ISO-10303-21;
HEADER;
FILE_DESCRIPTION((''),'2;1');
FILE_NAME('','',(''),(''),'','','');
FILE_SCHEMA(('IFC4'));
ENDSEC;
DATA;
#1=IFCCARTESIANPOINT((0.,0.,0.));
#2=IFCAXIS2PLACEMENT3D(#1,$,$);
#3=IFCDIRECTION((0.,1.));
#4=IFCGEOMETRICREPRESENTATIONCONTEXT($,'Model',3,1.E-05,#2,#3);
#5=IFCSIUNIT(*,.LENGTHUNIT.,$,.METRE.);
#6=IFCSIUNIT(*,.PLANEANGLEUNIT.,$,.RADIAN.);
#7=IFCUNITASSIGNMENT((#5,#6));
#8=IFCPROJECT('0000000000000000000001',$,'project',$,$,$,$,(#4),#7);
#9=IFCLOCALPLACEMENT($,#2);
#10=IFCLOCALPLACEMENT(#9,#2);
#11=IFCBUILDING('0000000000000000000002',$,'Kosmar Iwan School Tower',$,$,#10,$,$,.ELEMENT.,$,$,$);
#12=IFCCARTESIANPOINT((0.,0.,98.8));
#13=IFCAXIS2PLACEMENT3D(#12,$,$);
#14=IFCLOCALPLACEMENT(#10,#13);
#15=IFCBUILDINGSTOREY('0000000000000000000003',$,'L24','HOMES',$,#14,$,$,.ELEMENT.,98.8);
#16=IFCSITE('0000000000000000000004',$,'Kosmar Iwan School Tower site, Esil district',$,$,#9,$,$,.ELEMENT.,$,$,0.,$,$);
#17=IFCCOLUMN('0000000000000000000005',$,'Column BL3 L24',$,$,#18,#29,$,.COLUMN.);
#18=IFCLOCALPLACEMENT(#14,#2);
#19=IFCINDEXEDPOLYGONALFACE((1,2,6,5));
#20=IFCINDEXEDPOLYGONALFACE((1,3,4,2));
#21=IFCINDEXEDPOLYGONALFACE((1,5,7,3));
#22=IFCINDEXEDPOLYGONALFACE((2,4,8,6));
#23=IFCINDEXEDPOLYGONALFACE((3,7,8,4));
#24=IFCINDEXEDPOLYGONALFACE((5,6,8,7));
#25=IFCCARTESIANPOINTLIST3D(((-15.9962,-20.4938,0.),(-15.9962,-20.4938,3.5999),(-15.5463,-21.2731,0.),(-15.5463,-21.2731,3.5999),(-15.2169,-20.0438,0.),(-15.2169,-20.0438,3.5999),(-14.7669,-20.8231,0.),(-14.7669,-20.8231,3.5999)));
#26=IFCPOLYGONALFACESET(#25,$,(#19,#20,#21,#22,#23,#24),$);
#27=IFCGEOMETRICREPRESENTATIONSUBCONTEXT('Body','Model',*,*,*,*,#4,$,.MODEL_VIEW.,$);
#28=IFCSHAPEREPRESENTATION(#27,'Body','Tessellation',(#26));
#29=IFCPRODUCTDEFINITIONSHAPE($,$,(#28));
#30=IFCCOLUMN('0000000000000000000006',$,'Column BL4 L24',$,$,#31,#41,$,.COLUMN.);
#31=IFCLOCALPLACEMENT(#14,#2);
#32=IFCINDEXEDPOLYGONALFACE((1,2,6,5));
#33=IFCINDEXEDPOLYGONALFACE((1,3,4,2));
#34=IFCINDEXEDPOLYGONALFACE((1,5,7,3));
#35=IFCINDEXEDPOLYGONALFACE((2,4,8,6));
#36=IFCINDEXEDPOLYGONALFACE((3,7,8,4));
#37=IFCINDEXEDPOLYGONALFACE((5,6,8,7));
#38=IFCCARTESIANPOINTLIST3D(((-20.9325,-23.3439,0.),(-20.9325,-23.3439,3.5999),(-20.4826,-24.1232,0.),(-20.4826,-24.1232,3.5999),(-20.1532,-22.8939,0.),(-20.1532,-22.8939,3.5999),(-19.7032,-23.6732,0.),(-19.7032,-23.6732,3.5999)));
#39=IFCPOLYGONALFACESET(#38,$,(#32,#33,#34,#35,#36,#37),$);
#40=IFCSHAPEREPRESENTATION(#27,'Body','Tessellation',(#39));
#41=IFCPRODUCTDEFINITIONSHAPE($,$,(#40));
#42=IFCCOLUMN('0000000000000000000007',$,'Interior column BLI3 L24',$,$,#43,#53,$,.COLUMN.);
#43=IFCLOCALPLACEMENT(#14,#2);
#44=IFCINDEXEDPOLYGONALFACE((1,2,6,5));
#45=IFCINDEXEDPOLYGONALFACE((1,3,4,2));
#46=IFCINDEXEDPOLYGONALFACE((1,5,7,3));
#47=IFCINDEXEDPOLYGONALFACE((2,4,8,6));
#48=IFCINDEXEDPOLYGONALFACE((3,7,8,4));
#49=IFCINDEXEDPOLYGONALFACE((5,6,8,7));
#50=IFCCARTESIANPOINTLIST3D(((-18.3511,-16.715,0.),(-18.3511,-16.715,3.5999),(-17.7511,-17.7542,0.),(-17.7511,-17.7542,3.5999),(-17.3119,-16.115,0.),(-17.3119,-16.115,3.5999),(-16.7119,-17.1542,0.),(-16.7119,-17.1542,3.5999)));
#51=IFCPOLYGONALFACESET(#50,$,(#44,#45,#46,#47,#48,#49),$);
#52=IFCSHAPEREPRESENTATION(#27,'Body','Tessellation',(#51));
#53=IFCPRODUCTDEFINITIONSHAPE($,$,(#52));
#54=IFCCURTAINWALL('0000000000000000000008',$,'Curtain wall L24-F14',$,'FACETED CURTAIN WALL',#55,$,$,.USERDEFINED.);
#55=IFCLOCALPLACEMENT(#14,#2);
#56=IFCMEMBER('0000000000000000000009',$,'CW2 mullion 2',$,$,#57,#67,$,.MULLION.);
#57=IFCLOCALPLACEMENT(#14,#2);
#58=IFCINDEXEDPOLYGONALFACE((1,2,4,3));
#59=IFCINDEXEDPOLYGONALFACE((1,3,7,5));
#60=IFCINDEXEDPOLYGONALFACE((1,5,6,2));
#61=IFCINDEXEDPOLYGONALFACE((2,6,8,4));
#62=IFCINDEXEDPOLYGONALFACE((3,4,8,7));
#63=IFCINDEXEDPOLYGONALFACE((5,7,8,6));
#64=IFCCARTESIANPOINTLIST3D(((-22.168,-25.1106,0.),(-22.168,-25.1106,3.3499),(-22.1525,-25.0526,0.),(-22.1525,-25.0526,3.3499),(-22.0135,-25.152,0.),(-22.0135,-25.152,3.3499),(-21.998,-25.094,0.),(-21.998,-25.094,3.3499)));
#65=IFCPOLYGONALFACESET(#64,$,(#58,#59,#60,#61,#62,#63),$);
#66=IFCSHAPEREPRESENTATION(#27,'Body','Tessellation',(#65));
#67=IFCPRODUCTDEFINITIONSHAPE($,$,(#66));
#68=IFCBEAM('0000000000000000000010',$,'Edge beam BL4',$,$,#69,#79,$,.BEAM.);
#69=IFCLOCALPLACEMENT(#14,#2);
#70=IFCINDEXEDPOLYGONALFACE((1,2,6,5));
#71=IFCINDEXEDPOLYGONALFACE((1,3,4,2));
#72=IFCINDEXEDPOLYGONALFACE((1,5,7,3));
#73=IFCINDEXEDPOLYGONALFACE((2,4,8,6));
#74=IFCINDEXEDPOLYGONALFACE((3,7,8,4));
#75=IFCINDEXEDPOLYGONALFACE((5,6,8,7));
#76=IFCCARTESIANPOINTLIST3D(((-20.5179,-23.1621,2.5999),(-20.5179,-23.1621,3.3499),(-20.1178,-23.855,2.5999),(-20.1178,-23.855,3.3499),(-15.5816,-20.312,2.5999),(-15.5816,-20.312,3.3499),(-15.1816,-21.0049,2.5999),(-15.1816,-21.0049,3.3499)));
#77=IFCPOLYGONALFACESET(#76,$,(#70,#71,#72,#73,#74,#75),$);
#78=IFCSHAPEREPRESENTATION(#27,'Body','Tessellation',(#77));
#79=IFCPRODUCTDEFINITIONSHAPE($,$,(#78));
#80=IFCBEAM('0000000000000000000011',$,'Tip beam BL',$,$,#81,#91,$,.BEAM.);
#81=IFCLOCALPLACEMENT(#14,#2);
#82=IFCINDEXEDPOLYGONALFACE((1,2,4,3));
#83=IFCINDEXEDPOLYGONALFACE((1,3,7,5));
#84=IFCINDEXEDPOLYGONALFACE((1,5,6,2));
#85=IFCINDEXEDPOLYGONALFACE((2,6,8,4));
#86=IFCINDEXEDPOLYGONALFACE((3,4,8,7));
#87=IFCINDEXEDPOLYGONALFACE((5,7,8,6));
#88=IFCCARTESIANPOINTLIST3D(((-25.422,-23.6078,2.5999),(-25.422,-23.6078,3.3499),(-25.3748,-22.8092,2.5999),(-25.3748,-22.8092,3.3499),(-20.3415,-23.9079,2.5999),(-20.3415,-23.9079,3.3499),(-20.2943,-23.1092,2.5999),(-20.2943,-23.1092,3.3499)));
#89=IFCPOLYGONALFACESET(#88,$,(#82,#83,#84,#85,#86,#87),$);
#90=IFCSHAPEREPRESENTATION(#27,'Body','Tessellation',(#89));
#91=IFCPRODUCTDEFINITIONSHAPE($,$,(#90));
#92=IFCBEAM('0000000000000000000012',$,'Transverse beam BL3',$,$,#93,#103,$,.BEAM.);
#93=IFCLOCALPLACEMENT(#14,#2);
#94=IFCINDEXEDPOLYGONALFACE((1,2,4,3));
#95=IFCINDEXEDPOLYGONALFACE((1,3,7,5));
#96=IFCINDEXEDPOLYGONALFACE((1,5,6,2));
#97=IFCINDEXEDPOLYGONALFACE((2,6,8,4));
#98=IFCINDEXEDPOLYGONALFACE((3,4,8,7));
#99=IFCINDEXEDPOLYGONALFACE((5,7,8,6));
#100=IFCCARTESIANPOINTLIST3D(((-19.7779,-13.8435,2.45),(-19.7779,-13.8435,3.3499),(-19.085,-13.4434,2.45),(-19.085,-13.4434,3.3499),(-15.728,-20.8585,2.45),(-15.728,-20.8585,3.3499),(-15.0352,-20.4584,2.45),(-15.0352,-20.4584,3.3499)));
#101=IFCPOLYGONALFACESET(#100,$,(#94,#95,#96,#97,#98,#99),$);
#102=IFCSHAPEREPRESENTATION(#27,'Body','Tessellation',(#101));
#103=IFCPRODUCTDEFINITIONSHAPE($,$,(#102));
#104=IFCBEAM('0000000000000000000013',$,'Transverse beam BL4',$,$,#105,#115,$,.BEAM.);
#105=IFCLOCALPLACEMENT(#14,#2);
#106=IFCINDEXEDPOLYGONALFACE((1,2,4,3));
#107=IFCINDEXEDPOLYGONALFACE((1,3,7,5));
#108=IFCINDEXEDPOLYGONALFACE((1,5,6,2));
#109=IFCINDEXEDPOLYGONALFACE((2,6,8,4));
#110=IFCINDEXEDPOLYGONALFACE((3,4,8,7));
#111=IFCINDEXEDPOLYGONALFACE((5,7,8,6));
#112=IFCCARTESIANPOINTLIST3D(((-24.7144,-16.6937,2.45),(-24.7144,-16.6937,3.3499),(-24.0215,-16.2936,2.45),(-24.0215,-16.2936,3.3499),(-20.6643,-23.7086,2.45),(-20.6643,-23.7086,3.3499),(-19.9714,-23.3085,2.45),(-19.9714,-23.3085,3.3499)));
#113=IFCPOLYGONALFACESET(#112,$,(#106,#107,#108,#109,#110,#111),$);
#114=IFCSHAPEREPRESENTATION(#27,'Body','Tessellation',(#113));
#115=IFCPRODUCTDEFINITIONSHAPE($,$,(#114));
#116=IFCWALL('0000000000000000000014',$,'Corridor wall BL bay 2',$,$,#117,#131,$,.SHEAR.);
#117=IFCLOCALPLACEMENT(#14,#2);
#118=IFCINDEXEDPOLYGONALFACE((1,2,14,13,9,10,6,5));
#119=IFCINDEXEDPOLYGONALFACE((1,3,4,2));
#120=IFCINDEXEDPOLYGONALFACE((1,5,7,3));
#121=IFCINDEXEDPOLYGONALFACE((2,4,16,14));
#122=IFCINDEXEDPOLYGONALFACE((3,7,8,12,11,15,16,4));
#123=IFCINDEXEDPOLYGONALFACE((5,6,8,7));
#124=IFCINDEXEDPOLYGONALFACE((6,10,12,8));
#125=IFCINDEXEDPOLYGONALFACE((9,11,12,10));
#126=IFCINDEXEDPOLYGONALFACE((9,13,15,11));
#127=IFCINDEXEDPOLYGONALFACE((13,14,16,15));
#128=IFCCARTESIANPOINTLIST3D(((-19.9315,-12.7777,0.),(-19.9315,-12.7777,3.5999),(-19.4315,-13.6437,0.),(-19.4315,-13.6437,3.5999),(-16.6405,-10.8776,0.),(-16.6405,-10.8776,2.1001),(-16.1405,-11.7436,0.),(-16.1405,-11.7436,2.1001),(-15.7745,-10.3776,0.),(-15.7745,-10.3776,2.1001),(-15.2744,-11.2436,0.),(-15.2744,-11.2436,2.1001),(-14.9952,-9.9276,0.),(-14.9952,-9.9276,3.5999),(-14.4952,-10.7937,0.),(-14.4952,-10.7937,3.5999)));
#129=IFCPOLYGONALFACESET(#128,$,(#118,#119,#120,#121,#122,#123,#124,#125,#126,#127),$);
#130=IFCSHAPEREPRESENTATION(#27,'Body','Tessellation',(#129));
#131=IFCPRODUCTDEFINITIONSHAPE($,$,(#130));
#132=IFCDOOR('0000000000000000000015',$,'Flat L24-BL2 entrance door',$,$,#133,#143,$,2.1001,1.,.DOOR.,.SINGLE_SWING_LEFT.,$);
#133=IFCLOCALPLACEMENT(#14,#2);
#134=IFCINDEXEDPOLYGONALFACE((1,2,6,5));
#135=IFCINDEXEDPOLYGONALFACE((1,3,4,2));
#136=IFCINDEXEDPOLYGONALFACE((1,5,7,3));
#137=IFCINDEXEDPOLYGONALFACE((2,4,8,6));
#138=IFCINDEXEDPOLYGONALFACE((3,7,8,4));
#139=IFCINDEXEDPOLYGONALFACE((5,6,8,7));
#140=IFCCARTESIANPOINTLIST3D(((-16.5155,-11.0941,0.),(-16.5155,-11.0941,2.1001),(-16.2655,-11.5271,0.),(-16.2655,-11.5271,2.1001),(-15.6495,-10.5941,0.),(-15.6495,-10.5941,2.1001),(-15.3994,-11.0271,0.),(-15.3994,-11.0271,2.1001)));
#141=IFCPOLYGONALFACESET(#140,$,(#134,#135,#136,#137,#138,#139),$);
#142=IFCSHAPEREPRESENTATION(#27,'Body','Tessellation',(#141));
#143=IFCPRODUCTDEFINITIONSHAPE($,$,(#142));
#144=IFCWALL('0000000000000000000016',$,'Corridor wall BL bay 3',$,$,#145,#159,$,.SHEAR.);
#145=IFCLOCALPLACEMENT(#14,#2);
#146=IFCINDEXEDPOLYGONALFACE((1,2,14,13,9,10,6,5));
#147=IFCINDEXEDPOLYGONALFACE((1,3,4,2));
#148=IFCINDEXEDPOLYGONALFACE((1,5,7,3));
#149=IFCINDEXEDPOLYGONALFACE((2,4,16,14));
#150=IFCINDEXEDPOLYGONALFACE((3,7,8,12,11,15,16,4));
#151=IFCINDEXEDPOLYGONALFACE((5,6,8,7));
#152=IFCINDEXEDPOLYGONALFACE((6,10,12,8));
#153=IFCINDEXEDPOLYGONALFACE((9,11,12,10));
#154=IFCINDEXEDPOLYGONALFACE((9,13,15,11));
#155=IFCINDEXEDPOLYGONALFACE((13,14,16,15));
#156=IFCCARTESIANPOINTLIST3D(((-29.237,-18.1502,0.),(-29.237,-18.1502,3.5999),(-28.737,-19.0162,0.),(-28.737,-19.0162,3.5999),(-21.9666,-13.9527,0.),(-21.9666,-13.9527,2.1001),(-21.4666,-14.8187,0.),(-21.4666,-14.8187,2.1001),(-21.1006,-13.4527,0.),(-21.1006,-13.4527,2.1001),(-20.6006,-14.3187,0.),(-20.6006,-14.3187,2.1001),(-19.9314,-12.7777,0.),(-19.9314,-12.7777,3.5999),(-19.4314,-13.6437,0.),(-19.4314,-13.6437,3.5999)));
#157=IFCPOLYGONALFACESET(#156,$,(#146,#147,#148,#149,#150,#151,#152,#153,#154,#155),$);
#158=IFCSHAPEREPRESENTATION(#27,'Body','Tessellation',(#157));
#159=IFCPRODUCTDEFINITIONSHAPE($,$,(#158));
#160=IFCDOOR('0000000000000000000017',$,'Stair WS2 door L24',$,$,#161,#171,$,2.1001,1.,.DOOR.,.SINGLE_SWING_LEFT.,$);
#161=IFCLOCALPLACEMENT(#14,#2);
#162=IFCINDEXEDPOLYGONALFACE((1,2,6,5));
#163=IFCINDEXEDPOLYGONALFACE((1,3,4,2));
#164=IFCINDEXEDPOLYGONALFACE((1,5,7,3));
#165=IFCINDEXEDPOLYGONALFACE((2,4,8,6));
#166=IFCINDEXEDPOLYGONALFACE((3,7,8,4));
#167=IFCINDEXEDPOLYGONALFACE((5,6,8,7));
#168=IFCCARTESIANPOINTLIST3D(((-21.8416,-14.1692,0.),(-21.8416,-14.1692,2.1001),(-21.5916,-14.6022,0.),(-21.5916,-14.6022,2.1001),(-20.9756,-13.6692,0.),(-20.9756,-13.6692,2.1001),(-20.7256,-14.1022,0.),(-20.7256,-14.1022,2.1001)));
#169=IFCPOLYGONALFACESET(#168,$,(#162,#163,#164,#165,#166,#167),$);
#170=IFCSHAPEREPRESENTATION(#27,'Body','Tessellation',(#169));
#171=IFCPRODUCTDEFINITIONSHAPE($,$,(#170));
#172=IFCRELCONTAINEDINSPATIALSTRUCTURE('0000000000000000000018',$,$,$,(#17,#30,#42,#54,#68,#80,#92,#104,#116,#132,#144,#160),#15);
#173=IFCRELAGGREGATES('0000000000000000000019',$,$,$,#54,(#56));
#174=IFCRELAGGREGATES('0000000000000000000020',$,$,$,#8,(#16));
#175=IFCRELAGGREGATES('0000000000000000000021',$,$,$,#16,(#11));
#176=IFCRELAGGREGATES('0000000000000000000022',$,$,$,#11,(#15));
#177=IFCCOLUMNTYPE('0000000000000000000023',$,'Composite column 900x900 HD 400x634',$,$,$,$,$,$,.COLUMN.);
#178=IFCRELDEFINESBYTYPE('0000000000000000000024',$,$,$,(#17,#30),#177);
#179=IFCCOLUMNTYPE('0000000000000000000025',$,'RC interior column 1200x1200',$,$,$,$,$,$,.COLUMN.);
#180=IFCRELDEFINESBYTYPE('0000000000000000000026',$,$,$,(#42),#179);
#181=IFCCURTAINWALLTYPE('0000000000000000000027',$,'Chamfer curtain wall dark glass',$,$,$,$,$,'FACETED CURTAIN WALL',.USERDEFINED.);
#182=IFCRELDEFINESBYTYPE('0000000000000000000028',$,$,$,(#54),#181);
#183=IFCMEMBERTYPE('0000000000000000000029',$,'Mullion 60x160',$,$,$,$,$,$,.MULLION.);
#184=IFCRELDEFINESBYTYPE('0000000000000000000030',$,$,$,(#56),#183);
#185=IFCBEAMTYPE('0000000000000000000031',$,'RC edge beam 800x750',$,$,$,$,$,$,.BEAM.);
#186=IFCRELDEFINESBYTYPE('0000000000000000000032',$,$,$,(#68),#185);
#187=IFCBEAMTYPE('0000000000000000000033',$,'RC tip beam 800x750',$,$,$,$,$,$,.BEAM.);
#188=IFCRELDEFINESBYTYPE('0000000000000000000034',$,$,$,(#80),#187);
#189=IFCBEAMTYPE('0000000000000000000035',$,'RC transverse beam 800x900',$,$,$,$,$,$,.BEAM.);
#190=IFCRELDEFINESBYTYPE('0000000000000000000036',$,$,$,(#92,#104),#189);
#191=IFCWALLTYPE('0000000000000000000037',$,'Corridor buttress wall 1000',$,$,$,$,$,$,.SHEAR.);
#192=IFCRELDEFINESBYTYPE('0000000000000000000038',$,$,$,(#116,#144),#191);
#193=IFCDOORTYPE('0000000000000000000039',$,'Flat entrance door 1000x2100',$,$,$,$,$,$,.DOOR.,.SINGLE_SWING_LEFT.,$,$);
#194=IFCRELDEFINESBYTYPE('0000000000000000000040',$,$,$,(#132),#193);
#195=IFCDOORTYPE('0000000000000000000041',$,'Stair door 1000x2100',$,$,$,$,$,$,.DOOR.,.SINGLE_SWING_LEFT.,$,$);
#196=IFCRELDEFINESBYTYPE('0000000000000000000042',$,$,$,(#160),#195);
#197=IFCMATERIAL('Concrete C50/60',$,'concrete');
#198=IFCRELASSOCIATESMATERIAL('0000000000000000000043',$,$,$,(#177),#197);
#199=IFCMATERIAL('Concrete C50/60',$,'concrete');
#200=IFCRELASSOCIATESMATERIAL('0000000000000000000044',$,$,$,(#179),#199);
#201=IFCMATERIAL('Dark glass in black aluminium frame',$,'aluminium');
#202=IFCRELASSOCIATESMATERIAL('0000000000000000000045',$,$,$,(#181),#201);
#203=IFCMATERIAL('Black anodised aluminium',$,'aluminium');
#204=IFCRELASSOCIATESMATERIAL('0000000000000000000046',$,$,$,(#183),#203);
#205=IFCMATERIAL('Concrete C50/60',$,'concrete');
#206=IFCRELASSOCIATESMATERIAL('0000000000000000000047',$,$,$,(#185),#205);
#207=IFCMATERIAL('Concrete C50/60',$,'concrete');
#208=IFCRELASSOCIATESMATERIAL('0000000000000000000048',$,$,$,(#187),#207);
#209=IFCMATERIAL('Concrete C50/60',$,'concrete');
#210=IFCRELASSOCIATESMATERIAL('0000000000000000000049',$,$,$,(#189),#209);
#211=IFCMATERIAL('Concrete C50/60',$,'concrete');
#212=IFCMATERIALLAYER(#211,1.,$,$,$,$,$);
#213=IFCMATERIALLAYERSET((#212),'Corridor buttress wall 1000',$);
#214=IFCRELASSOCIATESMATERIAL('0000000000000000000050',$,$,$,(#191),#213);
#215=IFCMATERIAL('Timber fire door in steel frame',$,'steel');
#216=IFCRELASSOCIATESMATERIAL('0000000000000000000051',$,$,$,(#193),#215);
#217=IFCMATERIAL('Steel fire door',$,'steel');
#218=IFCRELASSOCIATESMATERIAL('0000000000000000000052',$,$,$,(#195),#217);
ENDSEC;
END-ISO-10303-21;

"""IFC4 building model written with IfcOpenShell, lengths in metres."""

from ifc_helpers import new_model, si_unit, direction, frame, frame_2d, origin, origin_2d, place, context, subcontext, project, spatial, rectangle, extrude, material, layer, layer_set, material_profile, profile_set, type_object, element, fill, aggregate, save


model = new_model("IFC4")

# Units and contexts
model_context = context("Model", 3, precision=1e-05, world=origin(), true_north=direction((0.0, 1.0)))
body_context = subcontext(model_context, "Body", "Model", "MODEL_VIEW")
ifc_project = project(units=[si_unit("LENGTHUNIT", "METRE"), si_unit("PLANEANGLEUNIT", "RADIAN")], contexts=[model_context])

# Site, building, storey
site_placement = place(None, origin())
site = spatial("IfcSite", under=ifc_project, at=site_placement, Name="Kosmar Iwan School Tower site, Esil district", CompositionType="ELEMENT", RefElevation=0.0)
building_placement = place(site_placement, origin())
building = spatial("IfcBuilding", under=site, at=building_placement, Name="Kosmar Iwan School Tower", CompositionType="ELEMENT")
storey_placement = place(building_placement, frame((0.0, 0.0, 98.8)))
storey = spatial("IfcBuildingStorey", under=building, at=storey_placement, Name="L24", Description="HOMES", CompositionType="ELEMENT", Elevation=98.8)

# Columns
ifc_material_1 = material(Name="Concrete C50/60", Category="concrete")
ifc_material_profile_1 = material_profile(ifc_material_1, rectangle(XDim=0.8999, YDim=0.8999, at=origin_2d()), Name="RC 900x900 + HD 400x634")
ifc_profile_set_1 = profile_set([ifc_material_profile_1], Name="Concrete C50/60")
column_type_1 = type_object("IfcColumnType", Name="Composite column 900x900 HD 400x634", PredefinedType="COLUMN", material=ifc_profile_set_1)
for number, where, z_axis, x_axis, name in (
    (1, (-15.3816, -20.6584, 0.0), (0.0, 0.0, 1.0), (-0.866025, -0.5, 0.0), "Column BL3 L24"),
    (2, (-20.3179, -23.5085, 0.0), (0.0, 0.0, 1.0), (-0.866025, -0.5, 0.0), "Column BL4 L24"),
):
    element("IfcColumn", number, at=place(storey_placement, frame(where, z_axis=z_axis, x_axis=x_axis)), inside=storey, type_object=column_type_1, Name=name, PredefinedType="COLUMN", context=body_context, shape_type="SweptSolid", body=[
        extrude(rectangle(XDim=0.8999, YDim=0.8999, at=origin_2d()), origin(), (0.0, 0.0, 1.0), 3.5999),
    ])
ifc_material_2 = material(Name="Concrete C50/60", Category="concrete")
ifc_material_profile_2 = material_profile(ifc_material_2, rectangle(XDim=1.2, YDim=1.2, at=origin_2d()), Name="RC 1200x1200")
ifc_profile_set_2 = profile_set([ifc_material_profile_2], Name="Concrete C50/60")
column_type_2 = type_object("IfcColumnType", Name="RC interior column 1200x1200", PredefinedType="COLUMN", material=ifc_profile_set_2)
column_placement = place(storey_placement, frame((-17.5315, -16.9346, 0.0), z_axis=(0.0, 0.0, 1.0), x_axis=(-0.866025, -0.5, 0.0)))
element("IfcColumn", 3, at=column_placement, inside=storey, type_object=column_type_2, Name="Interior column BLI3 L24", PredefinedType="COLUMN", context=body_context, shape_type="SweptSolid", body=[
    extrude(rectangle(XDim=1.2, YDim=1.2, at=origin_2d()), origin(), (0.0, 0.0, 1.0), 3.5999),
])

# Curtain wall, member
ifc_material_3 = material(Name="Dark glass in black aluminium frame", Category="aluminium")
curtain_wall_type = type_object("IfcCurtainWallType", Name="Chamfer curtain wall dark glass", ElementType="FACETED CURTAIN WALL", PredefinedType="USERDEFINED", material=ifc_material_3)
curtain_wall_placement = place(storey_placement, origin())
curtain_wall = element("IfcCurtainWall", 4, at=curtain_wall_placement, inside=storey, type_object=curtain_wall_type, Name="Curtain wall L24-F14", ObjectType="FACETED CURTAIN WALL", PredefinedType="USERDEFINED")
ifc_material_4 = material(Name="Black anodised aluminium", Category="aluminium")
ifc_material_profile_3 = material_profile(ifc_material_4, rectangle(XDim=0.0601, YDim=0.1599, at=origin_2d()), Name="MULLION 60x160")
ifc_profile_set_3 = profile_set([ifc_material_profile_3], Name="Black anodised aluminium")
member_type = type_object("IfcMemberType", Name="Mullion 60x160", PredefinedType="MULLION", material=ifc_profile_set_3)
member_placement = place(storey_placement, frame((-22.083, -25.1023, 0.0), z_axis=(0.0, 0.0, 1.0), x_axis=(0.258819, 0.965926, 0.0)))
member = element("IfcMember", 5, at=member_placement, type_object=member_type, Name="CW2 mullion 2", PredefinedType="MULLION", context=body_context, shape_type="SweptSolid", body=[
    extrude(rectangle(XDim=0.0601, YDim=0.1599, at=origin_2d()), origin(), (0.0, 0.0, 1.0), 3.3499),
])
aggregate(curtain_wall, [member])

# Beams
ifc_material_5 = material(Name="Concrete C50/60", Category="concrete")
ifc_material_profile_4 = material_profile(ifc_material_5, rectangle(XDim=0.8, YDim=0.75, at=origin_2d()), Name="RC 800x750")
ifc_profile_set_4 = profile_set([ifc_material_profile_4], Name="Concrete C50/60")
beam_type_1 = type_object("IfcBeamType", Name="RC edge beam 800x750", PredefinedType="BEAM", material=ifc_profile_set_4)
beam_1_placement = place(storey_placement, frame((-15.3816, -20.6584, 2.9749), z_axis=(-0.866015, -0.500018, 0.0), x_axis=(0.500018, -0.866015, 0.0)))
element("IfcBeam", 6, at=beam_1_placement, inside=storey, type_object=beam_type_1, Name="Edge beam BL4", PredefinedType="BEAM", context=body_context, shape_type="SweptSolid", body=[
    extrude(rectangle(XDim=0.8, YDim=0.75, at=origin_2d()), origin(), (0.0, 0.0, 1.0), 5.7),
])
ifc_material_6 = material(Name="Concrete C50/60", Category="concrete")
ifc_material_profile_5 = material_profile(ifc_material_6, rectangle(XDim=0.8, YDim=0.75, at=origin_2d()), Name="RC 800x750")
ifc_profile_set_5 = profile_set([ifc_material_profile_5], Name="Concrete C50/60")
beam_type_2 = type_object("IfcBeamType", Name="RC tip beam 800x750", PredefinedType="BEAM", material=ifc_profile_set_5)
beam_2_placement = place(storey_placement, frame((-20.3179, -23.5085, 2.9749), z_axis=(-0.998261, 0.058955, 0.0), x_axis=(-0.058955, -0.998261, 0.0)))
element("IfcBeam", 7, at=beam_2_placement, inside=storey, type_object=beam_type_2, Name="Tip beam BL", PredefinedType="BEAM", context=body_context, shape_type="SweptSolid", body=[
    extrude(rectangle(XDim=0.8, YDim=0.75, at=origin_2d()), origin(), (0.0, 0.0, 1.0), 5.0894),
])
ifc_material_7 = material(Name="Concrete C50/60", Category="concrete")
ifc_material_profile_6 = material_profile(ifc_material_7, rectangle(XDim=0.8, YDim=0.8999, at=origin_2d()), Name="RC 800x900")
ifc_profile_set_6 = profile_set([ifc_material_profile_6], Name="Concrete C50/60")
beam_type_3 = type_object("IfcBeamType", Name="RC transverse beam 800x900", PredefinedType="BEAM", material=ifc_profile_set_6)
for number, where, z_axis, x_axis, name in (
    (8, (-15.3816, -20.6584, 2.8999), (-0.499977, 0.866039, 0.0), (-0.866039, -0.499977, 0.0), "Transverse beam BL3"),
    (9, (-20.3179, -23.5085, 2.8999), (-0.5, 0.866025, 0.0), (-0.866025, -0.5, 0.0), "Transverse beam BL4"),
):
    element("IfcBeam", number, at=place(storey_placement, frame(where, z_axis=z_axis, x_axis=x_axis)), inside=storey, type_object=beam_type_3, Name=name, PredefinedType="BEAM", context=body_context, shape_type="SweptSolid", body=[
        extrude(rectangle(XDim=0.8, YDim=0.8999, at=origin_2d()), origin(), (0.0, 0.0, 1.0), 8.1001),
    ])

# Walls, openings, doors
ifc_material_8 = material(Name="Concrete C50/60", Category="concrete")
ifc_layer_1 = layer(ifc_material_8, 1.0)
ifc_layer_set_1 = layer_set([ifc_layer_1], Name="Corridor buttress wall 1000")
wall_type_1 = type_object("IfcWallType", Name="Corridor buttress wall 1000", PredefinedType="SHEAR", material=ifc_layer_set_1)
wall_1_placement = place(storey_placement, frame((-14.7451, -10.3606, 0.0), z_axis=(0.0, 0.0, 1.0), x_axis=(-0.866015, -0.500018, 0.0)))
wall_1 = element("IfcWall", 10, at=wall_1_placement, inside=storey, type_object=wall_type_1, Name="Corridor wall BL bay 2", PredefinedType="SHEAR", context=body_context, shape_type="SweptSolid", body=[
    extrude(rectangle(XDim=5.7, YDim=1.0, at=frame_2d((2.8501, 0.0))), origin(), (0.0, 0.0, 1.0), 3.5999),
])
opening_1_placement = place(wall_1_placement, frame((0.8999, 0.0, 0.0)))
opening_1 = element("IfcOpeningElement", 11, at=opening_1_placement, cuts=wall_1, PredefinedType="OPENING", context=body_context, shape_type="SweptSolid", body=[
    extrude(rectangle(XDim=1.0, YDim=2.1001, at=frame_2d((0.5, 1.05))), frame((0.0, 0.512, 0.0), z_axis=(0.0, -1.0, 0.0), x_axis=(1.0, 0.0, 0.0)), (0.0, 0.0, 1.0), 1.0239),
])
ifc_material_9 = material(Name="Timber fire door in steel frame", Category="steel")
door_type_1 = type_object("IfcDoorType", Name="Flat entrance door 1000x2100", OperationType="SINGLE_SWING_LEFT", PredefinedType="DOOR", material=ifc_material_9)
door_1_placement = place(opening_1_placement, origin())
door_1 = element("IfcDoor", 12, at=door_1_placement, inside=storey, type_object=door_type_1, Name="Flat L24-BL2 entrance door", OperationType="SINGLE_SWING_LEFT", OverallHeight=2.1001, OverallWidth=1.0, PredefinedType="DOOR", context=body_context, shape_type="SweptSolid", body=[
    extrude(rectangle(XDim=1.0, YDim=2.1001, at=frame_2d((0.5, 1.05))), frame((0.0, 0.25, 0.0), z_axis=(0.0, -1.0, 0.0), x_axis=(1.0, 0.0, 0.0)), (0.0, 0.0, 1.0), 0.5),
])
fill(opening_1, door_1)
wall_2_placement = place(storey_placement, frame((-19.6814, -13.2107, 0.0), z_axis=(0.0, 0.0, 1.0), x_axis=(-0.866028, -0.499995, 0.0)))
wall_2 = element("IfcWall", 13, at=wall_2_placement, inside=storey, type_object=wall_type_1, Name="Corridor wall BL bay 3", PredefinedType="SHEAR", context=body_context, shape_type="SweptSolid", body=[
    extrude(rectangle(XDim=10.7451, YDim=1.0, at=frame_2d((5.3726, 0.0))), origin(), (0.0, 0.0, 1.0), 3.5999),
])
opening_2_placement = place(wall_2_placement, frame((1.3501, 0.0, 0.0)))
opening_2 = element("IfcOpeningElement", 14, at=opening_2_placement, cuts=wall_2, PredefinedType="OPENING", context=body_context, shape_type="SweptSolid", body=[
    extrude(rectangle(XDim=1.0, YDim=2.1001, at=frame_2d((0.5, 1.05))), frame((0.0, 0.512, 0.0), z_axis=(0.0, -1.0, 0.0), x_axis=(1.0, 0.0, 0.0)), (0.0, 0.0, 1.0), 1.0239),
])
ifc_material_10 = material(Name="Steel fire door", Category="steel")
door_type_2 = type_object("IfcDoorType", Name="Stair door 1000x2100", OperationType="SINGLE_SWING_LEFT", PredefinedType="DOOR", material=ifc_material_10)
door_2_placement = place(opening_2_placement, origin())
door_2 = element("IfcDoor", 15, at=door_2_placement, inside=storey, type_object=door_type_2, Name="Stair WS2 door L24", OperationType="SINGLE_SWING_LEFT", OverallHeight=2.1001, OverallWidth=1.0, PredefinedType="DOOR", context=body_context, shape_type="SweptSolid", body=[
    extrude(rectangle(XDim=1.0, YDim=2.1001, at=frame_2d((0.5, 1.05))), frame((0.0, 0.25, 0.0), z_axis=(0.0, -1.0, 0.0), x_axis=(1.0, 0.0, 0.0)), (0.0, 0.0, 1.0), 0.5),
])
fill(opening_2, door_2)

save(model, "model.ifc")
